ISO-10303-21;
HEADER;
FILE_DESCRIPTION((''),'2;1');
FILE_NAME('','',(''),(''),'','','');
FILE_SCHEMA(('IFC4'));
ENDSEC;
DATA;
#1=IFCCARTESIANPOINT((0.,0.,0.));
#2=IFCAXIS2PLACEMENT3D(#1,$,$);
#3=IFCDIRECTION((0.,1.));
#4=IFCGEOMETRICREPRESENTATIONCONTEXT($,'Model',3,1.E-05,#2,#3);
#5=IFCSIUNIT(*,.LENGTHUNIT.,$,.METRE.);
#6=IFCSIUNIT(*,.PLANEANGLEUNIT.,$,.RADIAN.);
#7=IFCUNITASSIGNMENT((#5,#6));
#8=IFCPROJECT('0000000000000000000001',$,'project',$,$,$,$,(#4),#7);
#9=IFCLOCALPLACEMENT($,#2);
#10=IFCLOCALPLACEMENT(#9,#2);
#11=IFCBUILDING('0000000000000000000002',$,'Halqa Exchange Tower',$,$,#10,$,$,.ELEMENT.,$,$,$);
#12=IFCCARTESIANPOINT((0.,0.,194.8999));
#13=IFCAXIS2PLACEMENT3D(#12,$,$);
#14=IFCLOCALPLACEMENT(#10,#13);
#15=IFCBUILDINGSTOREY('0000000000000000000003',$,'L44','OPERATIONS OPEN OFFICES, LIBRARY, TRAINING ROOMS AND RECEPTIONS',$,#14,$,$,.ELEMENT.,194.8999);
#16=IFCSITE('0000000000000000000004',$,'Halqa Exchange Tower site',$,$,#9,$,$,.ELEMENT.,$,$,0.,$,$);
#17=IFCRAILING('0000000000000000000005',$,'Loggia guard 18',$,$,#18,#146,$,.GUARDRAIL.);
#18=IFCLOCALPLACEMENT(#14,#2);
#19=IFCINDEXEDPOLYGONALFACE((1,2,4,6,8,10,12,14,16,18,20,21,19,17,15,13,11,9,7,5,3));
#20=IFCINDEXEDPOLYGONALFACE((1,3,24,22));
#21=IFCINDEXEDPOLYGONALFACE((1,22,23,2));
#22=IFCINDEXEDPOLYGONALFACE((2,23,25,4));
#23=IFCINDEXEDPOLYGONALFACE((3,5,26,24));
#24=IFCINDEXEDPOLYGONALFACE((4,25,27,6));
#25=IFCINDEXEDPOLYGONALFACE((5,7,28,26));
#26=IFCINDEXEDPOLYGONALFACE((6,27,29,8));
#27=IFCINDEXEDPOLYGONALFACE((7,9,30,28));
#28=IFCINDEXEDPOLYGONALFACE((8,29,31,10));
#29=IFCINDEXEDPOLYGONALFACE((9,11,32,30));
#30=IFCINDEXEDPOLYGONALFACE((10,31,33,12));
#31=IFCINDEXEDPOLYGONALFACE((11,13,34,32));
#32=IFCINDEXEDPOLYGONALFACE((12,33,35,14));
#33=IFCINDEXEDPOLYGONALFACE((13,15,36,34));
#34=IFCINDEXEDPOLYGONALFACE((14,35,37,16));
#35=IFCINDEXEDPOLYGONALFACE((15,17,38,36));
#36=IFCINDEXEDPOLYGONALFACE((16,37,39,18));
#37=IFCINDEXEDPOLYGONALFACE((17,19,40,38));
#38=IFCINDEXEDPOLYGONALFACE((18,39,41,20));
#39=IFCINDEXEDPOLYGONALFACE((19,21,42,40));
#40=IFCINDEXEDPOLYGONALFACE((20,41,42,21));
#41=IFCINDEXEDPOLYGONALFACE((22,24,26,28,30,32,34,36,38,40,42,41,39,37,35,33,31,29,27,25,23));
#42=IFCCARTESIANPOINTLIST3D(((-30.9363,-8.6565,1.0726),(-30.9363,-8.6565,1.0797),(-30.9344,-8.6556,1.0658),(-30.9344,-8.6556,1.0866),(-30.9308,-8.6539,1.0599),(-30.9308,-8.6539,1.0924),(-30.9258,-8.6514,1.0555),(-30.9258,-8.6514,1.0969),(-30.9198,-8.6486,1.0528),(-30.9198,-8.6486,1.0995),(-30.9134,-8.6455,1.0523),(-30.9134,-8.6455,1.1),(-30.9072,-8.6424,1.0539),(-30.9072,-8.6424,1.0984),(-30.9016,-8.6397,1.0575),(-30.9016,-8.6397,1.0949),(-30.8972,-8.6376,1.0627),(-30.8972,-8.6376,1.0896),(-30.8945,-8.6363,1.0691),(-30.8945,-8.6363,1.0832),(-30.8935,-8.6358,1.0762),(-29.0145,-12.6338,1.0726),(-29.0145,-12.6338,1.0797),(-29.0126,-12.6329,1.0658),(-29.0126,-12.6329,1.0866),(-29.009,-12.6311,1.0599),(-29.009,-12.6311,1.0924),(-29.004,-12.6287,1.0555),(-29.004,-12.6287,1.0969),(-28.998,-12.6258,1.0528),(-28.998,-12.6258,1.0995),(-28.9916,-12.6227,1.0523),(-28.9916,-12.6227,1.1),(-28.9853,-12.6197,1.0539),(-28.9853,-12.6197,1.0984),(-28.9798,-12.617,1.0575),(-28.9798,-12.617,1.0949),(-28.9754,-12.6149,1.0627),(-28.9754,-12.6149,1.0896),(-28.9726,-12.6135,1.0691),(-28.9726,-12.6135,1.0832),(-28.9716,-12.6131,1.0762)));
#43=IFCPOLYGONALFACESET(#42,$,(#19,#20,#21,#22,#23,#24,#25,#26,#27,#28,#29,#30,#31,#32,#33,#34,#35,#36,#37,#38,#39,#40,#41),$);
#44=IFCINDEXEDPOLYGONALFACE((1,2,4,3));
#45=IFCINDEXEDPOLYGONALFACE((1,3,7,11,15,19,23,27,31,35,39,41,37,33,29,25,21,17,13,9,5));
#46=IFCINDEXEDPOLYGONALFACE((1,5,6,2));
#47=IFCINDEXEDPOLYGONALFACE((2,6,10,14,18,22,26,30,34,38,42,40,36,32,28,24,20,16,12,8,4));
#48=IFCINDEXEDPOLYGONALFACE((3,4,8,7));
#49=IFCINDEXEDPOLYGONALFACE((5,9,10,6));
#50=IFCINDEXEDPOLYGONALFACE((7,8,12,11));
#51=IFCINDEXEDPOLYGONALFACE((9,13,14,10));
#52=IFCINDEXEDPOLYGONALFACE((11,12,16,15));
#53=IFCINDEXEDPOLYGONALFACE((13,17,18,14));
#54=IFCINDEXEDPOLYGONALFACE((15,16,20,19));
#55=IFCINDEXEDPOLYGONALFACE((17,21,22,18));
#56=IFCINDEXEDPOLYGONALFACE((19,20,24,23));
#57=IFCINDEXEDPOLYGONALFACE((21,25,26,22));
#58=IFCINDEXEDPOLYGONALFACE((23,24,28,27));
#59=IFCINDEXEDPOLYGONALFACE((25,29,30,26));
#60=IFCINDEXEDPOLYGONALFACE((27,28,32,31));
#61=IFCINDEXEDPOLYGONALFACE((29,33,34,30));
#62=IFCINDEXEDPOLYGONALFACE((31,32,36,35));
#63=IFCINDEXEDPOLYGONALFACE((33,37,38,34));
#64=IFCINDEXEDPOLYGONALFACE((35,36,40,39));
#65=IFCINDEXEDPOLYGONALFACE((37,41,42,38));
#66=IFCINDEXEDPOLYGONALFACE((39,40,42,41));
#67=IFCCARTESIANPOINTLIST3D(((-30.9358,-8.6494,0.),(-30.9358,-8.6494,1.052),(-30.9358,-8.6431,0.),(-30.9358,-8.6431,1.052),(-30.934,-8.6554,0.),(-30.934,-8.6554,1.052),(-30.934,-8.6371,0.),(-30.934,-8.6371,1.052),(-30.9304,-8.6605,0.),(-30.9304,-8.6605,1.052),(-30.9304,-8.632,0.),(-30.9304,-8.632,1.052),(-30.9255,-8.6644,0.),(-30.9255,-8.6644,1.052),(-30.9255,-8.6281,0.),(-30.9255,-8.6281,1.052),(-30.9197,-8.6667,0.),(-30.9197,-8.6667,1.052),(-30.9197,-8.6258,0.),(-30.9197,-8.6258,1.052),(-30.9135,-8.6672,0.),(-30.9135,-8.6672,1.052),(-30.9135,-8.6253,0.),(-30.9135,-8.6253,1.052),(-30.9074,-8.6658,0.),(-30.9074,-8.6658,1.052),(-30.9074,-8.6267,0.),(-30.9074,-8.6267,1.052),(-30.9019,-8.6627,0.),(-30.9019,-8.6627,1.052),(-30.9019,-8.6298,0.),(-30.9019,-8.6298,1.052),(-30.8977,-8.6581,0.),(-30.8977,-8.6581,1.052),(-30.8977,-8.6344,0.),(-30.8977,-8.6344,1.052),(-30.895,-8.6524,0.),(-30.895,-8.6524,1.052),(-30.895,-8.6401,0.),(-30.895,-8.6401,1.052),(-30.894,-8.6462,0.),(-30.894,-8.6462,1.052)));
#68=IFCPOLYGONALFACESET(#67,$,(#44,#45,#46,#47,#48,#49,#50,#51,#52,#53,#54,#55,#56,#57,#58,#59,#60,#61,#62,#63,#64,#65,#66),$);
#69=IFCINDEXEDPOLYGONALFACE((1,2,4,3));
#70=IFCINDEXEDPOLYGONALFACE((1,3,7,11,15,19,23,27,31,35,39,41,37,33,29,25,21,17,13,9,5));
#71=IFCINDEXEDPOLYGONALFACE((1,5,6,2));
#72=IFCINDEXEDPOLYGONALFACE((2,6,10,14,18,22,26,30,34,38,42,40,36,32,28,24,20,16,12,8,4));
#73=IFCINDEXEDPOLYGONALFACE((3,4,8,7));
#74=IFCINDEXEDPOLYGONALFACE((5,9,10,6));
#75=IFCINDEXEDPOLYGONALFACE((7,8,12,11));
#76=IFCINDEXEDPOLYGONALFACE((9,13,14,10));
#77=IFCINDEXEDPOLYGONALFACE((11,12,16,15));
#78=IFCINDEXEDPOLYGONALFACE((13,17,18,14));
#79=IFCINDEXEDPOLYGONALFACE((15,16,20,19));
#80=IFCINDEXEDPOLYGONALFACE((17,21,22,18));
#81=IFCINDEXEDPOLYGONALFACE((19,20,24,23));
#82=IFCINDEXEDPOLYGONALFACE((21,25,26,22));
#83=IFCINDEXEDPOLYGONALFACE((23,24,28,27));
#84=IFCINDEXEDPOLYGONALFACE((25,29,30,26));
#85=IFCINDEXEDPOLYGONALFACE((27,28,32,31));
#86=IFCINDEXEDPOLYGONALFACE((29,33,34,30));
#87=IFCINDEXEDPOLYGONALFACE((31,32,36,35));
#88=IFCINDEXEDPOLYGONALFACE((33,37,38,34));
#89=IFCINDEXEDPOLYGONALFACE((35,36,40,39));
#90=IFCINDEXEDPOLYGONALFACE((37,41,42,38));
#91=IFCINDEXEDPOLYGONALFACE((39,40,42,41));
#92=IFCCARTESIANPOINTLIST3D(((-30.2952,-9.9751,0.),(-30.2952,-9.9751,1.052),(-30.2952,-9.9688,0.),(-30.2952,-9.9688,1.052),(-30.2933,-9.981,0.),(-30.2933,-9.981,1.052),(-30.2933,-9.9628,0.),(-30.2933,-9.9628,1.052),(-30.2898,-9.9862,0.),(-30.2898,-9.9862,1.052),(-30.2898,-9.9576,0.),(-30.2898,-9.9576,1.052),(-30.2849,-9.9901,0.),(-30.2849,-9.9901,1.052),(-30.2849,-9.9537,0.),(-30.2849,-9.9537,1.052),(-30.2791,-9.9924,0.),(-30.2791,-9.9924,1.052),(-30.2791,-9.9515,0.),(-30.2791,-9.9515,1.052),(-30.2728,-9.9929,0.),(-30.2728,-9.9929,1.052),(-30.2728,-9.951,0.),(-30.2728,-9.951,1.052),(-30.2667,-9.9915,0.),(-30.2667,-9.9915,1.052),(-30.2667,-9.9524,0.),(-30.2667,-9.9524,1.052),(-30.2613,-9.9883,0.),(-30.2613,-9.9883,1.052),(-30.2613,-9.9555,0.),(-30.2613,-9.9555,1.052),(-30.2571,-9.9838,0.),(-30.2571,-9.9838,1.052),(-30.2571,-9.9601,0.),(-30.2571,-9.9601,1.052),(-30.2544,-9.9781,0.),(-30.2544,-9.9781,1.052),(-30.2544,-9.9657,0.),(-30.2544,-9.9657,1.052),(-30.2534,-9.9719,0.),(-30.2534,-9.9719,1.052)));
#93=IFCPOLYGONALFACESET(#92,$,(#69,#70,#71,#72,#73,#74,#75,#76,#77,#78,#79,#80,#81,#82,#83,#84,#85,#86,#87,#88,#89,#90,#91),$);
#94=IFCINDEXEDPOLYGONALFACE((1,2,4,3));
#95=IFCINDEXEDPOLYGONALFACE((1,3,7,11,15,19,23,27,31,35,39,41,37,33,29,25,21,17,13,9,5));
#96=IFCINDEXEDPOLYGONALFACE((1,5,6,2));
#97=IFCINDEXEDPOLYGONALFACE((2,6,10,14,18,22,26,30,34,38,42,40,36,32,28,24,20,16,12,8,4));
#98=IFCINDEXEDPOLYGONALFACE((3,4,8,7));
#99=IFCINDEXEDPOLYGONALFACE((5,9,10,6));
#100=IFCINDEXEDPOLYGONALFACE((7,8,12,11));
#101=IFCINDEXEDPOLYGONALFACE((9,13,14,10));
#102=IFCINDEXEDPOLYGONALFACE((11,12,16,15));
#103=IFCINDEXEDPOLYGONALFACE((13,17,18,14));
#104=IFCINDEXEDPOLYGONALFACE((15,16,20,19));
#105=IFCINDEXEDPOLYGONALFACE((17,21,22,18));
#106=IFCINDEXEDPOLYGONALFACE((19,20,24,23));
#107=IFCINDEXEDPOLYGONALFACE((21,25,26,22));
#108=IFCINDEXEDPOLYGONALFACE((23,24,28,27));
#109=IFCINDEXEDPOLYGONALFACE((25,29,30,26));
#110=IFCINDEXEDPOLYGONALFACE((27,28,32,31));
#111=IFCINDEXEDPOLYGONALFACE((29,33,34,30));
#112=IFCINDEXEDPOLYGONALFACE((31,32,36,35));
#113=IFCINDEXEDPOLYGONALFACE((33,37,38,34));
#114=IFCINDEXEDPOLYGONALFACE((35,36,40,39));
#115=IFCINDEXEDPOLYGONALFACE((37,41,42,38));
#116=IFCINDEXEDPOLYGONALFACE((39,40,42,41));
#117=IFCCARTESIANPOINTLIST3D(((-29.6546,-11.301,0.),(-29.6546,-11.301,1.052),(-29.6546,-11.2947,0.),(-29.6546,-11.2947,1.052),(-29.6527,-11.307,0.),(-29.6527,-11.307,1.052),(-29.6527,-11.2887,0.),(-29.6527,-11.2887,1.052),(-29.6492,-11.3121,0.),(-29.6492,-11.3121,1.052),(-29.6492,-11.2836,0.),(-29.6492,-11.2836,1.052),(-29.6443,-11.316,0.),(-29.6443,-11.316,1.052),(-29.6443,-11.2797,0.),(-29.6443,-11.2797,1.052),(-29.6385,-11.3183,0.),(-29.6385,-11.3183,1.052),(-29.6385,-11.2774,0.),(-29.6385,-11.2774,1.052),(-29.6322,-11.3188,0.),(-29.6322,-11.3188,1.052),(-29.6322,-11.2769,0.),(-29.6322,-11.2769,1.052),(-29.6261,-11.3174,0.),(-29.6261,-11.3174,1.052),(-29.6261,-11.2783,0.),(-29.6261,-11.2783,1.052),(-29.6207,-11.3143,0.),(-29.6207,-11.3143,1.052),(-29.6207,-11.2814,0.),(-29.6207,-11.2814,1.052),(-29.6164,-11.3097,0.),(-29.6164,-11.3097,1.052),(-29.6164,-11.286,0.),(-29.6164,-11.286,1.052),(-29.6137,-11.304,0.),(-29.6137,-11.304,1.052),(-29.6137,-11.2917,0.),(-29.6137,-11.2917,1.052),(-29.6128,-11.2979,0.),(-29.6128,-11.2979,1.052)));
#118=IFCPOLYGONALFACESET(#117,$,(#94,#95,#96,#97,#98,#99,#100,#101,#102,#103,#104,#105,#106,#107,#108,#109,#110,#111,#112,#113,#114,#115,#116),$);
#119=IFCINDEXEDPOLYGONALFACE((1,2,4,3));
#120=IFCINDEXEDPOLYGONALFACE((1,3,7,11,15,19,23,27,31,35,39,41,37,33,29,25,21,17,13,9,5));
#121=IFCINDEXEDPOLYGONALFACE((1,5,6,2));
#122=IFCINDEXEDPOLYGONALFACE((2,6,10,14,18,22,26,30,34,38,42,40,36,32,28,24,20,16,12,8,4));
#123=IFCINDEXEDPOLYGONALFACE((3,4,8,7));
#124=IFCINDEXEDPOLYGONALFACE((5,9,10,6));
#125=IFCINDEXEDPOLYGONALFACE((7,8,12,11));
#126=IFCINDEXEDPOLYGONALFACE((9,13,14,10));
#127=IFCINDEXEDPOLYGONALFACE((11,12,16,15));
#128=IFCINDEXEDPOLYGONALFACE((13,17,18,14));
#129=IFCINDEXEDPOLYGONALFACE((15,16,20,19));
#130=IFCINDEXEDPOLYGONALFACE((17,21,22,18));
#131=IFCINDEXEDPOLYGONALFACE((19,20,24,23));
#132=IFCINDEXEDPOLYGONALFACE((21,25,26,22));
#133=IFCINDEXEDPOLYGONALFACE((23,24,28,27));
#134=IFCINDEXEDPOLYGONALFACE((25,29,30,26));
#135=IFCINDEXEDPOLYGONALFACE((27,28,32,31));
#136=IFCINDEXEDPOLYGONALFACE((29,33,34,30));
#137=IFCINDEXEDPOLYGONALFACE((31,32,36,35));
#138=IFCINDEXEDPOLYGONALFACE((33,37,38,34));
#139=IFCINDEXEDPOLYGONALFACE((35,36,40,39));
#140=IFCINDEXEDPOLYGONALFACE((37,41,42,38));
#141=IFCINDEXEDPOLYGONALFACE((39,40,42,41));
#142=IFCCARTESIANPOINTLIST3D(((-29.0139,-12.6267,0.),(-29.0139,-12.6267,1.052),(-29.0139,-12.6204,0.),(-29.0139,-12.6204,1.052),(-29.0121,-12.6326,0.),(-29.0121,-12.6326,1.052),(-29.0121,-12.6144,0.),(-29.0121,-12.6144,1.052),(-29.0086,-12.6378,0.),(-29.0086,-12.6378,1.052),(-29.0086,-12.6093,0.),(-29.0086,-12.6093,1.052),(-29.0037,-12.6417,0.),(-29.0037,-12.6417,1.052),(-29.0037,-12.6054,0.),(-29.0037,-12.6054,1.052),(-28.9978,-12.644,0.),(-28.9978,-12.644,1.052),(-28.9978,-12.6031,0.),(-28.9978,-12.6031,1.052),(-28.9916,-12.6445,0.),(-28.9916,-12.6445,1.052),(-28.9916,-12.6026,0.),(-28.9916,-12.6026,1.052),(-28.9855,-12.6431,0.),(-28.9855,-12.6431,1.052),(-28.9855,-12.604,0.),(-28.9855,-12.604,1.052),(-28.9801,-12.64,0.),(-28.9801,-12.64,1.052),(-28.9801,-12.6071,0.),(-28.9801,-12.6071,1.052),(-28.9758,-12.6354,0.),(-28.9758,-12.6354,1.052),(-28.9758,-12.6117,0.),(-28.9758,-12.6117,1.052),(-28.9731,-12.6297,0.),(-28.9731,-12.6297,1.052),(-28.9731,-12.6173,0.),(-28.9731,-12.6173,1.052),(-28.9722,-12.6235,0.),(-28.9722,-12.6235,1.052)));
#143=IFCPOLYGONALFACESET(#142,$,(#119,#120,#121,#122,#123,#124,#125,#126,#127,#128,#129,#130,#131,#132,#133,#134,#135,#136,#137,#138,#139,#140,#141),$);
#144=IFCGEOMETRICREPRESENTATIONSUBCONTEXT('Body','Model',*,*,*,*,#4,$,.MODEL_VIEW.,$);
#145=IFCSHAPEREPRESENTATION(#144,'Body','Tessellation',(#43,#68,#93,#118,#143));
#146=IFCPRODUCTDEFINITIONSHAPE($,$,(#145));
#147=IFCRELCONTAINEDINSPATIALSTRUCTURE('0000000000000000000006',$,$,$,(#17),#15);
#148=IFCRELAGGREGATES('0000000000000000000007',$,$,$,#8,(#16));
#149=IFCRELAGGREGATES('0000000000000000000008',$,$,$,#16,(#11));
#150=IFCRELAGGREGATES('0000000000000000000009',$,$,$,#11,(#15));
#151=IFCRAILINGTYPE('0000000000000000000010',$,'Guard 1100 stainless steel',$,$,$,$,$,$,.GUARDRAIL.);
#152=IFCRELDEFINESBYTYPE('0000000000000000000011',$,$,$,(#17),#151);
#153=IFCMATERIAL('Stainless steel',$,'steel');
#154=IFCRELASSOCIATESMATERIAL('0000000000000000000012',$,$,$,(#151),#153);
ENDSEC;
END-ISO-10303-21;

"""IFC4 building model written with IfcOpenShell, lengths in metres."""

from ifc_helpers import new_model, si_unit, direction, frame, origin, origin_2d, place, context, subcontext, project, spatial, circle, extrude, material, type_object, element, save


model = new_model("IFC4")

# Units and contexts
model_context = context("Model", 3, precision=1e-05, world=origin(), true_north=direction((0.0, 1.0)))
body_context = subcontext(model_context, "Body", "Model", "MODEL_VIEW")
ifc_project = project(units=[si_unit("LENGTHUNIT", "METRE"), si_unit("PLANEANGLEUNIT", "RADIAN")], contexts=[model_context])

# Site, building, storey
site_placement = place(None, origin())
site = spatial("IfcSite", under=ifc_project, at=site_placement, Name="Halqa Exchange Tower site", CompositionType="ELEMENT", RefElevation=0.0)
building_placement = place(site_placement, origin())
building = spatial("IfcBuilding", under=site, at=building_placement, Name="Halqa Exchange Tower", CompositionType="ELEMENT")
storey_placement = place(building_placement, frame((0.0, 0.0, 194.8999)))
storey = spatial("IfcBuildingStorey", under=building, at=storey_placement, Name="L44", Description="OPERATIONS OPEN OFFICES, LIBRARY, TRAINING ROOMS AND RECEPTIONS", CompositionType="ELEMENT", Elevation=194.8999)

# Railing
ifc_material_1 = material(Name="Stainless steel", Category="steel")
railing_type = type_object("IfcRailingType", Name="Guard 1100 stainless steel", PredefinedType="GUARDRAIL", material=ifc_material_1)
railing_1_placement = place(storey_placement, frame((-30.915, -8.6462, 0.0)))
element("IfcRailing", 1, at=railing_1_placement, inside=storey, type_object=railing_type, Name="Loggia guard 18", PredefinedType="GUARDRAIL", context=body_context, shape_type="SweptSolid", body=[
    extrude(circle(Radius=0.0239, at=origin_2d()), frame((0.0, 0.0, 1.0762), z_axis=(0.43508, -0.900392, 0.0), x_axis=(0.900392, 0.43508, 0.0)), (0.0, 0.0, 1.0), 4.4172),
    extrude(circle(Radius=0.021, at=origin_2d()), origin(), (0.0, 0.0, 1.0), 1.052),
    extrude(circle(Radius=0.021, at=origin_2d()), frame((0.6406, -1.3257, 0.0)), (0.0, 0.0, 1.0), 1.052),
    extrude(circle(Radius=0.021, at=origin_2d()), frame((1.2812, -2.6516, 0.0)), (0.0, 0.0, 1.0), 1.052),
    extrude(circle(Radius=0.021, at=origin_2d()), frame((1.9219, -3.9773, 0.0)), (0.0, 0.0, 1.0), 1.052),
])

save(model, "model.ifc")
